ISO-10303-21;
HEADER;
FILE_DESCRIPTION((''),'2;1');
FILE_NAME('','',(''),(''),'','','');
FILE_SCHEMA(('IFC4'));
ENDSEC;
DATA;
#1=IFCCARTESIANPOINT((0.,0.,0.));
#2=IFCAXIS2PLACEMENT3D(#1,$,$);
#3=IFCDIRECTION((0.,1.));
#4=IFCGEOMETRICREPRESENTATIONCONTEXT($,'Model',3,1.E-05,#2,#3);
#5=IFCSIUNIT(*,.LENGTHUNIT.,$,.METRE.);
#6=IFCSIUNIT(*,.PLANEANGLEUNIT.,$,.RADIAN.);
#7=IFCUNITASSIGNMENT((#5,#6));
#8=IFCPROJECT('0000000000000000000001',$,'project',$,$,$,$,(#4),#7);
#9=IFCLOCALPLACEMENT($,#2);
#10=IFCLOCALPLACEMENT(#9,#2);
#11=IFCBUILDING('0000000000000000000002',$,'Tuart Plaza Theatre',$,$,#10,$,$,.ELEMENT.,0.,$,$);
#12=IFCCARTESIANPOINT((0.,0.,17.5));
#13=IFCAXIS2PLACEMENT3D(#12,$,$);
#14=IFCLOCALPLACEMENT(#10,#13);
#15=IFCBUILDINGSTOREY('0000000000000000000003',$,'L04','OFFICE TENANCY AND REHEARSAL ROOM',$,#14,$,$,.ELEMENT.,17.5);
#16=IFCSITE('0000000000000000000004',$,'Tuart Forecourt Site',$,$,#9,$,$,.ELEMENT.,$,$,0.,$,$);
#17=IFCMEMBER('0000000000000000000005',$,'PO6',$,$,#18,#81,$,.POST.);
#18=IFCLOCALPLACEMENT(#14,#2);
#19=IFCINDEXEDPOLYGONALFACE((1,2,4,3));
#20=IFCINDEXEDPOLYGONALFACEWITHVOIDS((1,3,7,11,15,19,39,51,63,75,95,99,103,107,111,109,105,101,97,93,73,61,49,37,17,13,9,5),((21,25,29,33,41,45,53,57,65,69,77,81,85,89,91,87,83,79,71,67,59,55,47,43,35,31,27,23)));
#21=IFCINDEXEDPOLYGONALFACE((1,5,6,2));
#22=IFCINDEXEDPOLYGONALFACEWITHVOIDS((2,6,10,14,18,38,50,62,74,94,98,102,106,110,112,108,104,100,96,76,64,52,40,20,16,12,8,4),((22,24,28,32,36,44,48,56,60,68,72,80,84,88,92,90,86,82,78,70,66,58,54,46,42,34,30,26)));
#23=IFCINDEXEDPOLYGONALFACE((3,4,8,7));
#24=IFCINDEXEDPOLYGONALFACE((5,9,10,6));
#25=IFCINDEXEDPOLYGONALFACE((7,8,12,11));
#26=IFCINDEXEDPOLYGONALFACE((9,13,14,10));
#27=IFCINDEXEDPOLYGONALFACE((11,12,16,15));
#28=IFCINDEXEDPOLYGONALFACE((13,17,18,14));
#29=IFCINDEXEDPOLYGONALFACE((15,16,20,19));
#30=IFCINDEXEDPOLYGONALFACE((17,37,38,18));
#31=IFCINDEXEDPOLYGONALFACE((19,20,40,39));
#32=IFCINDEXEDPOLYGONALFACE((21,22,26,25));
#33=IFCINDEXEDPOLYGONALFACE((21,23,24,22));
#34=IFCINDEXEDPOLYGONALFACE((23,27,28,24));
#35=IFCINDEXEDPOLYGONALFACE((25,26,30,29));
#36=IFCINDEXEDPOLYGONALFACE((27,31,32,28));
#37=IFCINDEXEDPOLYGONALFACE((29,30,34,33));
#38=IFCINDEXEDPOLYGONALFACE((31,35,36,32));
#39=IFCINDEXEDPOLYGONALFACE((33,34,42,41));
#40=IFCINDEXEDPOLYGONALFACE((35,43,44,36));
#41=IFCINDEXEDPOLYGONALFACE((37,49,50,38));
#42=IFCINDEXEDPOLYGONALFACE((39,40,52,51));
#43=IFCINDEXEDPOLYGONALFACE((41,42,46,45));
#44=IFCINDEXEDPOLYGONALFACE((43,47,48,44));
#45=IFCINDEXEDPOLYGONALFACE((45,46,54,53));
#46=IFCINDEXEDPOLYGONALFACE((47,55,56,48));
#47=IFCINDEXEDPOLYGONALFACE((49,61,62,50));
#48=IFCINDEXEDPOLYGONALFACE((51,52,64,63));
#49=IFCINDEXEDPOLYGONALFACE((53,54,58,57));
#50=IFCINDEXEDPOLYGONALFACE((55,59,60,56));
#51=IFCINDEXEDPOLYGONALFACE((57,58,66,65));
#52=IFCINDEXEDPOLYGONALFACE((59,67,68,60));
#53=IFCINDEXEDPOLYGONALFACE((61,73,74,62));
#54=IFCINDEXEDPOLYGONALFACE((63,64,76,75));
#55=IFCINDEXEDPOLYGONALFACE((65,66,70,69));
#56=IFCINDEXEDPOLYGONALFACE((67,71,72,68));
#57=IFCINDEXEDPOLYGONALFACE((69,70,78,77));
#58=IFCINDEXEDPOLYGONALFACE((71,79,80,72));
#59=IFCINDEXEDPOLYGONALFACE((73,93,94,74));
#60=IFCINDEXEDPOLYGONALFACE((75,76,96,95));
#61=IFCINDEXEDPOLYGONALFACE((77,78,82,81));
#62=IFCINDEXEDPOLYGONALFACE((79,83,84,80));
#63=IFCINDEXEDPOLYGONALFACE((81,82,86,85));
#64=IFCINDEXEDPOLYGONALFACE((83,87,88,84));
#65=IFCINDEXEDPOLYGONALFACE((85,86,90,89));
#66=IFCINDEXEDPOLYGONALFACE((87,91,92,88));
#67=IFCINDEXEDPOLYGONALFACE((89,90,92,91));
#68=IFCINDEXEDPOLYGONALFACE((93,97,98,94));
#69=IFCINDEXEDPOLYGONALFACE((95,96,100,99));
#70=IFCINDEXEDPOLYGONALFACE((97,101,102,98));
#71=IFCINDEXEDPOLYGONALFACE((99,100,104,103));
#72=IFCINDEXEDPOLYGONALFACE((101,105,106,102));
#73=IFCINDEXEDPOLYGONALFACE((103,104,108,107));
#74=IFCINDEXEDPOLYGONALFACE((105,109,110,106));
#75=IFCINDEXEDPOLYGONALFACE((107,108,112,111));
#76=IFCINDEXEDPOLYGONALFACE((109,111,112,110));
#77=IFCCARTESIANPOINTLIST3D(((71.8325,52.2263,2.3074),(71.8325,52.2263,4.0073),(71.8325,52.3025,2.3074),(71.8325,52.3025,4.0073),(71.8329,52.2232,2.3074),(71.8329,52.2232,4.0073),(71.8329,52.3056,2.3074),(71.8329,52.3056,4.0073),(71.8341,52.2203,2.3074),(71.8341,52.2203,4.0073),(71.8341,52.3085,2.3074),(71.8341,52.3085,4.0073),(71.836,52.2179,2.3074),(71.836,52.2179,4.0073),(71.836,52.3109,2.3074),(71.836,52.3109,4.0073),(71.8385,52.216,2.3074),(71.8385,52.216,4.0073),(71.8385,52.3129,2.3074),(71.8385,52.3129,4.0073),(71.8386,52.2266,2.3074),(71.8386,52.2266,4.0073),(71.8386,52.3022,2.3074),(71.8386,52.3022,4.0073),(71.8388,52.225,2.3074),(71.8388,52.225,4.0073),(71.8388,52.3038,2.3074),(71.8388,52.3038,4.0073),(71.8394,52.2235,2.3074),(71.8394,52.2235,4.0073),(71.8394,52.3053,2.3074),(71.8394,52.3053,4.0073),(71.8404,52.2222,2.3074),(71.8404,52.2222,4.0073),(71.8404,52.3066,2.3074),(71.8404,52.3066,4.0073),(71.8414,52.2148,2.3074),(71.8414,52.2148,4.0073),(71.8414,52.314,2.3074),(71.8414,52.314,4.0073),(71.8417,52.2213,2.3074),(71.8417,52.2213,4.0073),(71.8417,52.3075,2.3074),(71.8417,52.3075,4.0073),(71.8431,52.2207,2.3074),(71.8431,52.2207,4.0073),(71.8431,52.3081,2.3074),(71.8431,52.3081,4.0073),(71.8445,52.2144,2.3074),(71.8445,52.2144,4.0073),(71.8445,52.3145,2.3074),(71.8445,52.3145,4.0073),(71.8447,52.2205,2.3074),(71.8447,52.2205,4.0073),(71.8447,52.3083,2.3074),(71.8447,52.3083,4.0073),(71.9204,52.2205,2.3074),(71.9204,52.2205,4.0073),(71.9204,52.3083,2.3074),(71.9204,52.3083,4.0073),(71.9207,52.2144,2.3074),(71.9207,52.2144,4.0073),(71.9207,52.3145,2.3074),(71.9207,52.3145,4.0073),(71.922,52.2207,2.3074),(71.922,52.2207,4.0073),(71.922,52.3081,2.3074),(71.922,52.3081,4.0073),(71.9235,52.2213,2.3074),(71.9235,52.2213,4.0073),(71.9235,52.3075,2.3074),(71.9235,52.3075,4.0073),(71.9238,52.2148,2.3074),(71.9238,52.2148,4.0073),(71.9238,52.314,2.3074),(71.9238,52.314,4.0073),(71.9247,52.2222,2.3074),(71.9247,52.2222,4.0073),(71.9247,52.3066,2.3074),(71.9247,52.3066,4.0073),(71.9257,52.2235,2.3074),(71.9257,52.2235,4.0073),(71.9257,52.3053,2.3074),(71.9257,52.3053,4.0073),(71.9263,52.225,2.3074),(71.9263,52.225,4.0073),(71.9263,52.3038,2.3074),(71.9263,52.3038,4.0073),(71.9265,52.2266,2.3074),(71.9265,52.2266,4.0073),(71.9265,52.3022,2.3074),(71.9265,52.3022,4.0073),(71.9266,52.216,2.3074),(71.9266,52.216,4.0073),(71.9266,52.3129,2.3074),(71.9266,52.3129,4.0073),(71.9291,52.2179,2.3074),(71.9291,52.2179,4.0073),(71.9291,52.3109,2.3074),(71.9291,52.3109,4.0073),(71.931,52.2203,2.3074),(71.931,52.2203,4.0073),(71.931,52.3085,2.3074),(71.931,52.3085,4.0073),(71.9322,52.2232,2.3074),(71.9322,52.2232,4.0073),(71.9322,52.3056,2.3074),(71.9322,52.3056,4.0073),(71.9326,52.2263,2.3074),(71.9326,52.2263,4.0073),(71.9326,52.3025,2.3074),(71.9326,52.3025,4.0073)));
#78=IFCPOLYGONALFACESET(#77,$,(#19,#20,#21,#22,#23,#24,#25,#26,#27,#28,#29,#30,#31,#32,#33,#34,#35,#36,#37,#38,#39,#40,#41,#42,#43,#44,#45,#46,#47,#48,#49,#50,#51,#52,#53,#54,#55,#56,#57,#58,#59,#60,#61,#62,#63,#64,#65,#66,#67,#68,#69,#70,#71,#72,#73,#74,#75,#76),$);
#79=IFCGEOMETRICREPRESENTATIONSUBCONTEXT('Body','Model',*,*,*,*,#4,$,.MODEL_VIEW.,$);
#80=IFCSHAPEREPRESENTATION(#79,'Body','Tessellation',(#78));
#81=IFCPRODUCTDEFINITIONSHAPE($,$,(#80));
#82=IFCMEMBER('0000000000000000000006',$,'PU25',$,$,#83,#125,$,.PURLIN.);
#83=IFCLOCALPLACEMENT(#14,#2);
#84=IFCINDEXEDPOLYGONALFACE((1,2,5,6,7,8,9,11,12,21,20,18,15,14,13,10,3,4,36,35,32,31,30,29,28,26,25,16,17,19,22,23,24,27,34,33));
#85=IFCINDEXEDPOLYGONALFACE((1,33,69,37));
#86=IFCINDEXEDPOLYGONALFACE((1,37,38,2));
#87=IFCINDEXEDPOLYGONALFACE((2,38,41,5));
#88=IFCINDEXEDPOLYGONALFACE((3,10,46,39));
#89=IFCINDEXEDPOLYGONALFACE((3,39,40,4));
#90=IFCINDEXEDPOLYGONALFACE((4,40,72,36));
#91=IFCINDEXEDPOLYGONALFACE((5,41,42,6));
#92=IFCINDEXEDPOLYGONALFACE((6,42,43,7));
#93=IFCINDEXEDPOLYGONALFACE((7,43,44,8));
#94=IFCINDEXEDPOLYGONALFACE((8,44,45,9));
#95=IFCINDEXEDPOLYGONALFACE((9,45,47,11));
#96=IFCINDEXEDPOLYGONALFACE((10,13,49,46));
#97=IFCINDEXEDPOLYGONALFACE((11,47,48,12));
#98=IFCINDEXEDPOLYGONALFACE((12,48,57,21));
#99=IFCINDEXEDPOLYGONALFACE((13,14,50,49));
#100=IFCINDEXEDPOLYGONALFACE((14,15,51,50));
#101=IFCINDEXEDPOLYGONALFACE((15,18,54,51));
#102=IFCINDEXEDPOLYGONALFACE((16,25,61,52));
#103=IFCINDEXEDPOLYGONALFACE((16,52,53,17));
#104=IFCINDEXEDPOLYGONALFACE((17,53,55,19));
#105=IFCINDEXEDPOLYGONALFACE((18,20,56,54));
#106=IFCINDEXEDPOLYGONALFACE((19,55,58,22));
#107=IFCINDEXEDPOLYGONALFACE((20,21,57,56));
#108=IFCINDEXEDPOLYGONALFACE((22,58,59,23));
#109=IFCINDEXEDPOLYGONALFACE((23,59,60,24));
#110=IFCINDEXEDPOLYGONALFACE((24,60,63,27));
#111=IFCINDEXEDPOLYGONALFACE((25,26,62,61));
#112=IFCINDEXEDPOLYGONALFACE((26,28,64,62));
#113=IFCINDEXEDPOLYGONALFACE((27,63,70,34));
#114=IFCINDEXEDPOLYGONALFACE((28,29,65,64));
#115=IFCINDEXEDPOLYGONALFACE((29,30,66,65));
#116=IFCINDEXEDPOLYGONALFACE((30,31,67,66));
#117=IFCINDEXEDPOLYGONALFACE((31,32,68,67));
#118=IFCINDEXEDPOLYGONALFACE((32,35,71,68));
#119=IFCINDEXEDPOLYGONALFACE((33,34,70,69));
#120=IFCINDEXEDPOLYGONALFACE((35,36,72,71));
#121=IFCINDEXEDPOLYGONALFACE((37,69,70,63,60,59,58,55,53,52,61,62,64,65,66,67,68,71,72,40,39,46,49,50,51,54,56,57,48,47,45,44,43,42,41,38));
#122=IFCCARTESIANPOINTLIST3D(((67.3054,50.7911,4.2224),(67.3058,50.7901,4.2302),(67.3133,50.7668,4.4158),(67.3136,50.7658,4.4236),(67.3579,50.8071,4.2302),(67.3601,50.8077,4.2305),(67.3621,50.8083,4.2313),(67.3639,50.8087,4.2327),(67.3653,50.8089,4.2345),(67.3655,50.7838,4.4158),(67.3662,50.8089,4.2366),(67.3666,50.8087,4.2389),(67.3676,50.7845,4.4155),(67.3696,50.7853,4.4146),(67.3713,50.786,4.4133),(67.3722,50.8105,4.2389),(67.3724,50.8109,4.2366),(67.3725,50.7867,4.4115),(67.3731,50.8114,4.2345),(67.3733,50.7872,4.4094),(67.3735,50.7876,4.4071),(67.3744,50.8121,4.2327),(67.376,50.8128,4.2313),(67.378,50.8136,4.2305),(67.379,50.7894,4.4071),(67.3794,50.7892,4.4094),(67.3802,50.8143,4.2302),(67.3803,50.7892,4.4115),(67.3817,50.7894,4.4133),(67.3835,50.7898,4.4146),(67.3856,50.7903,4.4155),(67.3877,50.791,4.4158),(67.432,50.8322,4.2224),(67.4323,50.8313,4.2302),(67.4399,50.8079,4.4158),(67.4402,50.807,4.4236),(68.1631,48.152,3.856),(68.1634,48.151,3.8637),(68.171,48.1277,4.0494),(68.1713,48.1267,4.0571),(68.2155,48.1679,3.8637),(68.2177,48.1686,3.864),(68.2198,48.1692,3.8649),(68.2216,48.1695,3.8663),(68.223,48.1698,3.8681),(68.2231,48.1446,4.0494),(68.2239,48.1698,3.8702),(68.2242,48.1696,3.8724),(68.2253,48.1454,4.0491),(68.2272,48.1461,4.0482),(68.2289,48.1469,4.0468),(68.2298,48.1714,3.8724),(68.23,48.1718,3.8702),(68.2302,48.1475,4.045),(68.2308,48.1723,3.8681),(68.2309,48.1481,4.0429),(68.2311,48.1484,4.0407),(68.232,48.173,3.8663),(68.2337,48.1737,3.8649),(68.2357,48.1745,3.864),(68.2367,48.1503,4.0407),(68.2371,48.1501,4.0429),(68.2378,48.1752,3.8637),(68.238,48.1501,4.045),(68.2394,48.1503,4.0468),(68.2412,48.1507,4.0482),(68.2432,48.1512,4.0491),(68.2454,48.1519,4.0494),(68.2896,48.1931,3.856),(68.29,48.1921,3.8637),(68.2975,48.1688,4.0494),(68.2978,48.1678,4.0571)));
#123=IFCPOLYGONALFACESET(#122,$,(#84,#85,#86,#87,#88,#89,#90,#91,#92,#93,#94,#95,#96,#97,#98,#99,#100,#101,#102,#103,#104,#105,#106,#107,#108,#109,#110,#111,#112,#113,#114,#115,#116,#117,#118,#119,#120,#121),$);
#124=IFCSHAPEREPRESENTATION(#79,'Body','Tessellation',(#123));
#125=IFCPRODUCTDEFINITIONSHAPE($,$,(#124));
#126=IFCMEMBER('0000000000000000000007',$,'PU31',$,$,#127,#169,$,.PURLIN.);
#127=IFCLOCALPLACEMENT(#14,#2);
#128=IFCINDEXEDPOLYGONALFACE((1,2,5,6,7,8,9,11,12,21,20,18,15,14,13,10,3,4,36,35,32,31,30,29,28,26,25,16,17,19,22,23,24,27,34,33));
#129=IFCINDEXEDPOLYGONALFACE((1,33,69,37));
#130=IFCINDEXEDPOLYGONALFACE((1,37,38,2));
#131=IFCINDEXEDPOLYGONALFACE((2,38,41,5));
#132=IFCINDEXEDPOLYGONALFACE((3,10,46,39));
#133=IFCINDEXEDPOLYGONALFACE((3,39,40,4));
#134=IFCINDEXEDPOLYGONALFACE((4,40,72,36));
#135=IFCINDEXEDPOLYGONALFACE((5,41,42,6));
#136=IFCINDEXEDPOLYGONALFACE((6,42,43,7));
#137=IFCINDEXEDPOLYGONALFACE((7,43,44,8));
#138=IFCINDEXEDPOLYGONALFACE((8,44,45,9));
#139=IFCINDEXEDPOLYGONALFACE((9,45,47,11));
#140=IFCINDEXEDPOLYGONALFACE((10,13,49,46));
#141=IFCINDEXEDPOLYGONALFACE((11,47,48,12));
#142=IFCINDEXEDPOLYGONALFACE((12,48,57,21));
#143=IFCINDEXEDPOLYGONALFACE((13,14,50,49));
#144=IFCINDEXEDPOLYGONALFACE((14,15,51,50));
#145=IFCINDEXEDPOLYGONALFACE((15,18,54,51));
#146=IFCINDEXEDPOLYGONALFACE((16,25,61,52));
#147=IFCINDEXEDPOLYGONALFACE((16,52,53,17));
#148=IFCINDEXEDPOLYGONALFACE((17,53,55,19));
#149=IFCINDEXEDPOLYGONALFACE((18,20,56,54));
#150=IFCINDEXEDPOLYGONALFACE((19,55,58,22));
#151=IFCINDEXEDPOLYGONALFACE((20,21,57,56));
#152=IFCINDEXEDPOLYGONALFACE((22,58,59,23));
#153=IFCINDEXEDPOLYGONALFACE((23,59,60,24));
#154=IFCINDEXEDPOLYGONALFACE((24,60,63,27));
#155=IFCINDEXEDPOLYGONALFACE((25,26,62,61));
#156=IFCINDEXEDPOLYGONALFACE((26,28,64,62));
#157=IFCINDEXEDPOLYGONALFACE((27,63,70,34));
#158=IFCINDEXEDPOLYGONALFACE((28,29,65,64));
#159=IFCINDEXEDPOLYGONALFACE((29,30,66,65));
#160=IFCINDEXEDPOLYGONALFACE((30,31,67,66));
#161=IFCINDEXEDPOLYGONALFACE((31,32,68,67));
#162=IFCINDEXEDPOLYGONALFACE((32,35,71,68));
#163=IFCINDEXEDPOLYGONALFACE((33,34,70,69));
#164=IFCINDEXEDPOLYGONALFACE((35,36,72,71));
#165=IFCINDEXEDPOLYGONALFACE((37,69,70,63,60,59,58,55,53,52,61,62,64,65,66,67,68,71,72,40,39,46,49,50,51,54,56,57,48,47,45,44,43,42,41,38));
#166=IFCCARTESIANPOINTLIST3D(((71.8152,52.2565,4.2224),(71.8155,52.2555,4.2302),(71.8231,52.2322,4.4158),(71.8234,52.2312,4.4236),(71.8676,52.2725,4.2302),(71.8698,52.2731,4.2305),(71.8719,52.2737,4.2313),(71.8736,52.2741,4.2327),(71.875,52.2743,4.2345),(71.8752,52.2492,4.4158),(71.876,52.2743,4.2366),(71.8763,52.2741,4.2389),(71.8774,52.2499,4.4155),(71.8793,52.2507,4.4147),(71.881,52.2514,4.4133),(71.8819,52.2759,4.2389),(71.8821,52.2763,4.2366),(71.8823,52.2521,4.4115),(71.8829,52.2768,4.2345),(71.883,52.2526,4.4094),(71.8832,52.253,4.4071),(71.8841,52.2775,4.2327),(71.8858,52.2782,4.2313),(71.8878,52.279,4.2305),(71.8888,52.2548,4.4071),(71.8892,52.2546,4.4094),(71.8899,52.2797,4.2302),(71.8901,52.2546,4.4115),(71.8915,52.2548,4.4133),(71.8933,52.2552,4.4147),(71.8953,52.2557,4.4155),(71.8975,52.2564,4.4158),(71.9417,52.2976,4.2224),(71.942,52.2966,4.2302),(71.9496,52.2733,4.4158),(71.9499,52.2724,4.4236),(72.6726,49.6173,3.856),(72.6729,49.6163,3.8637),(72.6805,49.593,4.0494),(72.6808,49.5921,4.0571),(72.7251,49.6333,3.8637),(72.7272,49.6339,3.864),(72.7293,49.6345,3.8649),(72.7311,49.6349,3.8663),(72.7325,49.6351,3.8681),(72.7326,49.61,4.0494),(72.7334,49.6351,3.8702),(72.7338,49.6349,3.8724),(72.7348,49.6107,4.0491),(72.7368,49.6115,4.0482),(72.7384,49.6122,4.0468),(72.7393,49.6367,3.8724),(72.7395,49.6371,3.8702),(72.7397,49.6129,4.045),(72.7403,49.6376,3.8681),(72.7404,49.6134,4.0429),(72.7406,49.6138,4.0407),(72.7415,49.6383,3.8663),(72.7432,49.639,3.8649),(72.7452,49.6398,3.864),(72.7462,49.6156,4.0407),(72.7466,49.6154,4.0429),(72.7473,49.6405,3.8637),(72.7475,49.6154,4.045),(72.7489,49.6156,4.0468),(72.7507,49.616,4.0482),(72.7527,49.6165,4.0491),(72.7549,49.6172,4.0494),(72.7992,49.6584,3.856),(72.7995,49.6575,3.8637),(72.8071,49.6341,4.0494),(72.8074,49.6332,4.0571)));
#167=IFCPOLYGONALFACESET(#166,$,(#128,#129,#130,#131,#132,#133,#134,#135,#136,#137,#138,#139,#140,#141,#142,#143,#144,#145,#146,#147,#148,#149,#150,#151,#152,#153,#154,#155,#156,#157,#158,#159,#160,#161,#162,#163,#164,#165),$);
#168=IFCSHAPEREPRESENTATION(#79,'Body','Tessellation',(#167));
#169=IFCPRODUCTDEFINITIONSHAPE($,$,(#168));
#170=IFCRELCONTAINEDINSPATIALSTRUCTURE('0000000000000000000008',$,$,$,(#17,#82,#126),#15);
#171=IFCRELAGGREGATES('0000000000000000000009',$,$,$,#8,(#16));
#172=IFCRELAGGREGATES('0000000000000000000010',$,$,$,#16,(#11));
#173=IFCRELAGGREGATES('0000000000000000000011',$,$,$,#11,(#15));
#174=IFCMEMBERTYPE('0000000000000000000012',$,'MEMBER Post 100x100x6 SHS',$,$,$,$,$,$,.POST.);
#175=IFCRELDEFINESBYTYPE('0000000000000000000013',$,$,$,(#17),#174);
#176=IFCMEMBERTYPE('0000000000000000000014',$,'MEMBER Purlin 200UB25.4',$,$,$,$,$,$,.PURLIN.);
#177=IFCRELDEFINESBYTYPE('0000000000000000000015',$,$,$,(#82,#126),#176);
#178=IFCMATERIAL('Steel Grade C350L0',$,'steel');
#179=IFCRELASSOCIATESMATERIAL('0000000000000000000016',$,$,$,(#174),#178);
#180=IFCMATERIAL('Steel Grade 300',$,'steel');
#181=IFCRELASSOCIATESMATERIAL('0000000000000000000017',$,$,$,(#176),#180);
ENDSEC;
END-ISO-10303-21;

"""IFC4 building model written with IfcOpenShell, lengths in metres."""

from ifc_helpers import new_model, si_unit, direction, frame, origin, origin_2d, place, context, subcontext, project, spatial, hollow_rectangle, i_section, extrude, material, material_profile, profile_set, type_object, element, save


model = new_model("IFC4")

# Units and contexts
model_context = context("Model", 3, precision=1e-05, world=origin(), true_north=direction((0.0, 1.0)))
body_context = subcontext(model_context, "Body", "Model", "MODEL_VIEW")
ifc_project = project(units=[si_unit("LENGTHUNIT", "METRE"), si_unit("PLANEANGLEUNIT", "RADIAN")], contexts=[model_context])

# Site, building, storey
site_placement = place(None, origin())
site = spatial("IfcSite", under=ifc_project, at=site_placement, Name="Tuart Forecourt Site", CompositionType="ELEMENT", RefElevation=0.0)
building_placement = place(site_placement, origin())
building = spatial("IfcBuilding", under=site, at=building_placement, Name="Tuart Plaza Theatre", CompositionType="ELEMENT", ElevationOfRefHeight=0.0)
storey_placement = place(building_placement, frame((0.0, 0.0, 17.5)))
storey = spatial("IfcBuildingStorey", under=building, at=storey_placement, Name="L04", Description="OFFICE TENANCY AND REHEARSAL ROOM", CompositionType="ELEMENT", Elevation=17.5)

# Members
ifc_material_1 = material(Name="Steel Grade C350L0", Category="steel")
ifc_material_profile_1 = material_profile(ifc_material_1, hollow_rectangle(XDim=0.1001, YDim=0.1001, WallThickness=0.0061, InnerFilletRadius=0.0061, OuterFilletRadius=0.012, at=origin_2d()), Name="100x100x6 SHS")
ifc_profile_set_1 = profile_set([ifc_material_profile_1], Name="Steel Grade C350L0")
member_type_1 = type_object("IfcMemberType", Name="MEMBER Post 100x100x6 SHS", PredefinedType="POST", material=ifc_profile_set_1)
member_1_placement = place(storey_placement, frame((71.8826, 52.2644, 2.3074), z_axis=(0.0, 0.0, 1.0), x_axis=(1.0, 0.0, 0.0)))
element("IfcMember", 1, at=member_1_placement, inside=storey, type_object=member_type_1, Name="PO6", PredefinedType="POST", context=body_context, shape_type="SweptSolid", body=[
    extrude(hollow_rectangle(XDim=0.1001, YDim=0.1001, WallThickness=0.0061, InnerFilletRadius=0.0061, OuterFilletRadius=0.012, at=origin_2d()), origin(), (0.0, 0.0, 1.0), 1.7),
])
ifc_material_2 = material(Name="Steel Grade 300", Category="steel")
ifc_material_profile_2 = material_profile(ifc_material_2, i_section(OverallWidth=0.1331, OverallDepth=0.2029, WebThickness=0.0059, FlangeThickness=0.0078, FilletRadius=0.0088, at=origin_2d()), Name="200UB25.4")
ifc_profile_set_2 = profile_set([ifc_material_profile_2], Name="Steel Grade 300")
member_type_2 = type_object("IfcMemberType", Name="MEMBER Purlin 200UB25.4", PredefinedType="PURLIN", material=ifc_profile_set_2)
for number, where, z_axis, x_axis, name in (
    (2, (68.2305, 48.1599, 3.9565), (-0.306406, 0.942855, 0.130918), (-0.951041, -0.309066, 0.0), "PU25"),
    (3, (72.74, 49.6252, 3.9565), (-0.306327, 0.94288, 0.130922), (-0.951066, -0.308987, 0.0), "PU31"),
):
    element("IfcMember", number, at=place(storey_placement, frame(where, z_axis=z_axis, x_axis=x_axis)), inside=storey, type_object=member_type_2, Name=name, PredefinedType="PURLIN", context=body_context, shape_type="SweptSolid", body=[
        extrude(i_section(OverallWidth=0.1331, OverallDepth=0.2029, WebThickness=0.0059, FlangeThickness=0.0078, FilletRadius=0.0088, at=origin_2d()), origin(), (0.0, 0.0, 1.0), 2.7991),
    ])

save(model, "model.ifc")
